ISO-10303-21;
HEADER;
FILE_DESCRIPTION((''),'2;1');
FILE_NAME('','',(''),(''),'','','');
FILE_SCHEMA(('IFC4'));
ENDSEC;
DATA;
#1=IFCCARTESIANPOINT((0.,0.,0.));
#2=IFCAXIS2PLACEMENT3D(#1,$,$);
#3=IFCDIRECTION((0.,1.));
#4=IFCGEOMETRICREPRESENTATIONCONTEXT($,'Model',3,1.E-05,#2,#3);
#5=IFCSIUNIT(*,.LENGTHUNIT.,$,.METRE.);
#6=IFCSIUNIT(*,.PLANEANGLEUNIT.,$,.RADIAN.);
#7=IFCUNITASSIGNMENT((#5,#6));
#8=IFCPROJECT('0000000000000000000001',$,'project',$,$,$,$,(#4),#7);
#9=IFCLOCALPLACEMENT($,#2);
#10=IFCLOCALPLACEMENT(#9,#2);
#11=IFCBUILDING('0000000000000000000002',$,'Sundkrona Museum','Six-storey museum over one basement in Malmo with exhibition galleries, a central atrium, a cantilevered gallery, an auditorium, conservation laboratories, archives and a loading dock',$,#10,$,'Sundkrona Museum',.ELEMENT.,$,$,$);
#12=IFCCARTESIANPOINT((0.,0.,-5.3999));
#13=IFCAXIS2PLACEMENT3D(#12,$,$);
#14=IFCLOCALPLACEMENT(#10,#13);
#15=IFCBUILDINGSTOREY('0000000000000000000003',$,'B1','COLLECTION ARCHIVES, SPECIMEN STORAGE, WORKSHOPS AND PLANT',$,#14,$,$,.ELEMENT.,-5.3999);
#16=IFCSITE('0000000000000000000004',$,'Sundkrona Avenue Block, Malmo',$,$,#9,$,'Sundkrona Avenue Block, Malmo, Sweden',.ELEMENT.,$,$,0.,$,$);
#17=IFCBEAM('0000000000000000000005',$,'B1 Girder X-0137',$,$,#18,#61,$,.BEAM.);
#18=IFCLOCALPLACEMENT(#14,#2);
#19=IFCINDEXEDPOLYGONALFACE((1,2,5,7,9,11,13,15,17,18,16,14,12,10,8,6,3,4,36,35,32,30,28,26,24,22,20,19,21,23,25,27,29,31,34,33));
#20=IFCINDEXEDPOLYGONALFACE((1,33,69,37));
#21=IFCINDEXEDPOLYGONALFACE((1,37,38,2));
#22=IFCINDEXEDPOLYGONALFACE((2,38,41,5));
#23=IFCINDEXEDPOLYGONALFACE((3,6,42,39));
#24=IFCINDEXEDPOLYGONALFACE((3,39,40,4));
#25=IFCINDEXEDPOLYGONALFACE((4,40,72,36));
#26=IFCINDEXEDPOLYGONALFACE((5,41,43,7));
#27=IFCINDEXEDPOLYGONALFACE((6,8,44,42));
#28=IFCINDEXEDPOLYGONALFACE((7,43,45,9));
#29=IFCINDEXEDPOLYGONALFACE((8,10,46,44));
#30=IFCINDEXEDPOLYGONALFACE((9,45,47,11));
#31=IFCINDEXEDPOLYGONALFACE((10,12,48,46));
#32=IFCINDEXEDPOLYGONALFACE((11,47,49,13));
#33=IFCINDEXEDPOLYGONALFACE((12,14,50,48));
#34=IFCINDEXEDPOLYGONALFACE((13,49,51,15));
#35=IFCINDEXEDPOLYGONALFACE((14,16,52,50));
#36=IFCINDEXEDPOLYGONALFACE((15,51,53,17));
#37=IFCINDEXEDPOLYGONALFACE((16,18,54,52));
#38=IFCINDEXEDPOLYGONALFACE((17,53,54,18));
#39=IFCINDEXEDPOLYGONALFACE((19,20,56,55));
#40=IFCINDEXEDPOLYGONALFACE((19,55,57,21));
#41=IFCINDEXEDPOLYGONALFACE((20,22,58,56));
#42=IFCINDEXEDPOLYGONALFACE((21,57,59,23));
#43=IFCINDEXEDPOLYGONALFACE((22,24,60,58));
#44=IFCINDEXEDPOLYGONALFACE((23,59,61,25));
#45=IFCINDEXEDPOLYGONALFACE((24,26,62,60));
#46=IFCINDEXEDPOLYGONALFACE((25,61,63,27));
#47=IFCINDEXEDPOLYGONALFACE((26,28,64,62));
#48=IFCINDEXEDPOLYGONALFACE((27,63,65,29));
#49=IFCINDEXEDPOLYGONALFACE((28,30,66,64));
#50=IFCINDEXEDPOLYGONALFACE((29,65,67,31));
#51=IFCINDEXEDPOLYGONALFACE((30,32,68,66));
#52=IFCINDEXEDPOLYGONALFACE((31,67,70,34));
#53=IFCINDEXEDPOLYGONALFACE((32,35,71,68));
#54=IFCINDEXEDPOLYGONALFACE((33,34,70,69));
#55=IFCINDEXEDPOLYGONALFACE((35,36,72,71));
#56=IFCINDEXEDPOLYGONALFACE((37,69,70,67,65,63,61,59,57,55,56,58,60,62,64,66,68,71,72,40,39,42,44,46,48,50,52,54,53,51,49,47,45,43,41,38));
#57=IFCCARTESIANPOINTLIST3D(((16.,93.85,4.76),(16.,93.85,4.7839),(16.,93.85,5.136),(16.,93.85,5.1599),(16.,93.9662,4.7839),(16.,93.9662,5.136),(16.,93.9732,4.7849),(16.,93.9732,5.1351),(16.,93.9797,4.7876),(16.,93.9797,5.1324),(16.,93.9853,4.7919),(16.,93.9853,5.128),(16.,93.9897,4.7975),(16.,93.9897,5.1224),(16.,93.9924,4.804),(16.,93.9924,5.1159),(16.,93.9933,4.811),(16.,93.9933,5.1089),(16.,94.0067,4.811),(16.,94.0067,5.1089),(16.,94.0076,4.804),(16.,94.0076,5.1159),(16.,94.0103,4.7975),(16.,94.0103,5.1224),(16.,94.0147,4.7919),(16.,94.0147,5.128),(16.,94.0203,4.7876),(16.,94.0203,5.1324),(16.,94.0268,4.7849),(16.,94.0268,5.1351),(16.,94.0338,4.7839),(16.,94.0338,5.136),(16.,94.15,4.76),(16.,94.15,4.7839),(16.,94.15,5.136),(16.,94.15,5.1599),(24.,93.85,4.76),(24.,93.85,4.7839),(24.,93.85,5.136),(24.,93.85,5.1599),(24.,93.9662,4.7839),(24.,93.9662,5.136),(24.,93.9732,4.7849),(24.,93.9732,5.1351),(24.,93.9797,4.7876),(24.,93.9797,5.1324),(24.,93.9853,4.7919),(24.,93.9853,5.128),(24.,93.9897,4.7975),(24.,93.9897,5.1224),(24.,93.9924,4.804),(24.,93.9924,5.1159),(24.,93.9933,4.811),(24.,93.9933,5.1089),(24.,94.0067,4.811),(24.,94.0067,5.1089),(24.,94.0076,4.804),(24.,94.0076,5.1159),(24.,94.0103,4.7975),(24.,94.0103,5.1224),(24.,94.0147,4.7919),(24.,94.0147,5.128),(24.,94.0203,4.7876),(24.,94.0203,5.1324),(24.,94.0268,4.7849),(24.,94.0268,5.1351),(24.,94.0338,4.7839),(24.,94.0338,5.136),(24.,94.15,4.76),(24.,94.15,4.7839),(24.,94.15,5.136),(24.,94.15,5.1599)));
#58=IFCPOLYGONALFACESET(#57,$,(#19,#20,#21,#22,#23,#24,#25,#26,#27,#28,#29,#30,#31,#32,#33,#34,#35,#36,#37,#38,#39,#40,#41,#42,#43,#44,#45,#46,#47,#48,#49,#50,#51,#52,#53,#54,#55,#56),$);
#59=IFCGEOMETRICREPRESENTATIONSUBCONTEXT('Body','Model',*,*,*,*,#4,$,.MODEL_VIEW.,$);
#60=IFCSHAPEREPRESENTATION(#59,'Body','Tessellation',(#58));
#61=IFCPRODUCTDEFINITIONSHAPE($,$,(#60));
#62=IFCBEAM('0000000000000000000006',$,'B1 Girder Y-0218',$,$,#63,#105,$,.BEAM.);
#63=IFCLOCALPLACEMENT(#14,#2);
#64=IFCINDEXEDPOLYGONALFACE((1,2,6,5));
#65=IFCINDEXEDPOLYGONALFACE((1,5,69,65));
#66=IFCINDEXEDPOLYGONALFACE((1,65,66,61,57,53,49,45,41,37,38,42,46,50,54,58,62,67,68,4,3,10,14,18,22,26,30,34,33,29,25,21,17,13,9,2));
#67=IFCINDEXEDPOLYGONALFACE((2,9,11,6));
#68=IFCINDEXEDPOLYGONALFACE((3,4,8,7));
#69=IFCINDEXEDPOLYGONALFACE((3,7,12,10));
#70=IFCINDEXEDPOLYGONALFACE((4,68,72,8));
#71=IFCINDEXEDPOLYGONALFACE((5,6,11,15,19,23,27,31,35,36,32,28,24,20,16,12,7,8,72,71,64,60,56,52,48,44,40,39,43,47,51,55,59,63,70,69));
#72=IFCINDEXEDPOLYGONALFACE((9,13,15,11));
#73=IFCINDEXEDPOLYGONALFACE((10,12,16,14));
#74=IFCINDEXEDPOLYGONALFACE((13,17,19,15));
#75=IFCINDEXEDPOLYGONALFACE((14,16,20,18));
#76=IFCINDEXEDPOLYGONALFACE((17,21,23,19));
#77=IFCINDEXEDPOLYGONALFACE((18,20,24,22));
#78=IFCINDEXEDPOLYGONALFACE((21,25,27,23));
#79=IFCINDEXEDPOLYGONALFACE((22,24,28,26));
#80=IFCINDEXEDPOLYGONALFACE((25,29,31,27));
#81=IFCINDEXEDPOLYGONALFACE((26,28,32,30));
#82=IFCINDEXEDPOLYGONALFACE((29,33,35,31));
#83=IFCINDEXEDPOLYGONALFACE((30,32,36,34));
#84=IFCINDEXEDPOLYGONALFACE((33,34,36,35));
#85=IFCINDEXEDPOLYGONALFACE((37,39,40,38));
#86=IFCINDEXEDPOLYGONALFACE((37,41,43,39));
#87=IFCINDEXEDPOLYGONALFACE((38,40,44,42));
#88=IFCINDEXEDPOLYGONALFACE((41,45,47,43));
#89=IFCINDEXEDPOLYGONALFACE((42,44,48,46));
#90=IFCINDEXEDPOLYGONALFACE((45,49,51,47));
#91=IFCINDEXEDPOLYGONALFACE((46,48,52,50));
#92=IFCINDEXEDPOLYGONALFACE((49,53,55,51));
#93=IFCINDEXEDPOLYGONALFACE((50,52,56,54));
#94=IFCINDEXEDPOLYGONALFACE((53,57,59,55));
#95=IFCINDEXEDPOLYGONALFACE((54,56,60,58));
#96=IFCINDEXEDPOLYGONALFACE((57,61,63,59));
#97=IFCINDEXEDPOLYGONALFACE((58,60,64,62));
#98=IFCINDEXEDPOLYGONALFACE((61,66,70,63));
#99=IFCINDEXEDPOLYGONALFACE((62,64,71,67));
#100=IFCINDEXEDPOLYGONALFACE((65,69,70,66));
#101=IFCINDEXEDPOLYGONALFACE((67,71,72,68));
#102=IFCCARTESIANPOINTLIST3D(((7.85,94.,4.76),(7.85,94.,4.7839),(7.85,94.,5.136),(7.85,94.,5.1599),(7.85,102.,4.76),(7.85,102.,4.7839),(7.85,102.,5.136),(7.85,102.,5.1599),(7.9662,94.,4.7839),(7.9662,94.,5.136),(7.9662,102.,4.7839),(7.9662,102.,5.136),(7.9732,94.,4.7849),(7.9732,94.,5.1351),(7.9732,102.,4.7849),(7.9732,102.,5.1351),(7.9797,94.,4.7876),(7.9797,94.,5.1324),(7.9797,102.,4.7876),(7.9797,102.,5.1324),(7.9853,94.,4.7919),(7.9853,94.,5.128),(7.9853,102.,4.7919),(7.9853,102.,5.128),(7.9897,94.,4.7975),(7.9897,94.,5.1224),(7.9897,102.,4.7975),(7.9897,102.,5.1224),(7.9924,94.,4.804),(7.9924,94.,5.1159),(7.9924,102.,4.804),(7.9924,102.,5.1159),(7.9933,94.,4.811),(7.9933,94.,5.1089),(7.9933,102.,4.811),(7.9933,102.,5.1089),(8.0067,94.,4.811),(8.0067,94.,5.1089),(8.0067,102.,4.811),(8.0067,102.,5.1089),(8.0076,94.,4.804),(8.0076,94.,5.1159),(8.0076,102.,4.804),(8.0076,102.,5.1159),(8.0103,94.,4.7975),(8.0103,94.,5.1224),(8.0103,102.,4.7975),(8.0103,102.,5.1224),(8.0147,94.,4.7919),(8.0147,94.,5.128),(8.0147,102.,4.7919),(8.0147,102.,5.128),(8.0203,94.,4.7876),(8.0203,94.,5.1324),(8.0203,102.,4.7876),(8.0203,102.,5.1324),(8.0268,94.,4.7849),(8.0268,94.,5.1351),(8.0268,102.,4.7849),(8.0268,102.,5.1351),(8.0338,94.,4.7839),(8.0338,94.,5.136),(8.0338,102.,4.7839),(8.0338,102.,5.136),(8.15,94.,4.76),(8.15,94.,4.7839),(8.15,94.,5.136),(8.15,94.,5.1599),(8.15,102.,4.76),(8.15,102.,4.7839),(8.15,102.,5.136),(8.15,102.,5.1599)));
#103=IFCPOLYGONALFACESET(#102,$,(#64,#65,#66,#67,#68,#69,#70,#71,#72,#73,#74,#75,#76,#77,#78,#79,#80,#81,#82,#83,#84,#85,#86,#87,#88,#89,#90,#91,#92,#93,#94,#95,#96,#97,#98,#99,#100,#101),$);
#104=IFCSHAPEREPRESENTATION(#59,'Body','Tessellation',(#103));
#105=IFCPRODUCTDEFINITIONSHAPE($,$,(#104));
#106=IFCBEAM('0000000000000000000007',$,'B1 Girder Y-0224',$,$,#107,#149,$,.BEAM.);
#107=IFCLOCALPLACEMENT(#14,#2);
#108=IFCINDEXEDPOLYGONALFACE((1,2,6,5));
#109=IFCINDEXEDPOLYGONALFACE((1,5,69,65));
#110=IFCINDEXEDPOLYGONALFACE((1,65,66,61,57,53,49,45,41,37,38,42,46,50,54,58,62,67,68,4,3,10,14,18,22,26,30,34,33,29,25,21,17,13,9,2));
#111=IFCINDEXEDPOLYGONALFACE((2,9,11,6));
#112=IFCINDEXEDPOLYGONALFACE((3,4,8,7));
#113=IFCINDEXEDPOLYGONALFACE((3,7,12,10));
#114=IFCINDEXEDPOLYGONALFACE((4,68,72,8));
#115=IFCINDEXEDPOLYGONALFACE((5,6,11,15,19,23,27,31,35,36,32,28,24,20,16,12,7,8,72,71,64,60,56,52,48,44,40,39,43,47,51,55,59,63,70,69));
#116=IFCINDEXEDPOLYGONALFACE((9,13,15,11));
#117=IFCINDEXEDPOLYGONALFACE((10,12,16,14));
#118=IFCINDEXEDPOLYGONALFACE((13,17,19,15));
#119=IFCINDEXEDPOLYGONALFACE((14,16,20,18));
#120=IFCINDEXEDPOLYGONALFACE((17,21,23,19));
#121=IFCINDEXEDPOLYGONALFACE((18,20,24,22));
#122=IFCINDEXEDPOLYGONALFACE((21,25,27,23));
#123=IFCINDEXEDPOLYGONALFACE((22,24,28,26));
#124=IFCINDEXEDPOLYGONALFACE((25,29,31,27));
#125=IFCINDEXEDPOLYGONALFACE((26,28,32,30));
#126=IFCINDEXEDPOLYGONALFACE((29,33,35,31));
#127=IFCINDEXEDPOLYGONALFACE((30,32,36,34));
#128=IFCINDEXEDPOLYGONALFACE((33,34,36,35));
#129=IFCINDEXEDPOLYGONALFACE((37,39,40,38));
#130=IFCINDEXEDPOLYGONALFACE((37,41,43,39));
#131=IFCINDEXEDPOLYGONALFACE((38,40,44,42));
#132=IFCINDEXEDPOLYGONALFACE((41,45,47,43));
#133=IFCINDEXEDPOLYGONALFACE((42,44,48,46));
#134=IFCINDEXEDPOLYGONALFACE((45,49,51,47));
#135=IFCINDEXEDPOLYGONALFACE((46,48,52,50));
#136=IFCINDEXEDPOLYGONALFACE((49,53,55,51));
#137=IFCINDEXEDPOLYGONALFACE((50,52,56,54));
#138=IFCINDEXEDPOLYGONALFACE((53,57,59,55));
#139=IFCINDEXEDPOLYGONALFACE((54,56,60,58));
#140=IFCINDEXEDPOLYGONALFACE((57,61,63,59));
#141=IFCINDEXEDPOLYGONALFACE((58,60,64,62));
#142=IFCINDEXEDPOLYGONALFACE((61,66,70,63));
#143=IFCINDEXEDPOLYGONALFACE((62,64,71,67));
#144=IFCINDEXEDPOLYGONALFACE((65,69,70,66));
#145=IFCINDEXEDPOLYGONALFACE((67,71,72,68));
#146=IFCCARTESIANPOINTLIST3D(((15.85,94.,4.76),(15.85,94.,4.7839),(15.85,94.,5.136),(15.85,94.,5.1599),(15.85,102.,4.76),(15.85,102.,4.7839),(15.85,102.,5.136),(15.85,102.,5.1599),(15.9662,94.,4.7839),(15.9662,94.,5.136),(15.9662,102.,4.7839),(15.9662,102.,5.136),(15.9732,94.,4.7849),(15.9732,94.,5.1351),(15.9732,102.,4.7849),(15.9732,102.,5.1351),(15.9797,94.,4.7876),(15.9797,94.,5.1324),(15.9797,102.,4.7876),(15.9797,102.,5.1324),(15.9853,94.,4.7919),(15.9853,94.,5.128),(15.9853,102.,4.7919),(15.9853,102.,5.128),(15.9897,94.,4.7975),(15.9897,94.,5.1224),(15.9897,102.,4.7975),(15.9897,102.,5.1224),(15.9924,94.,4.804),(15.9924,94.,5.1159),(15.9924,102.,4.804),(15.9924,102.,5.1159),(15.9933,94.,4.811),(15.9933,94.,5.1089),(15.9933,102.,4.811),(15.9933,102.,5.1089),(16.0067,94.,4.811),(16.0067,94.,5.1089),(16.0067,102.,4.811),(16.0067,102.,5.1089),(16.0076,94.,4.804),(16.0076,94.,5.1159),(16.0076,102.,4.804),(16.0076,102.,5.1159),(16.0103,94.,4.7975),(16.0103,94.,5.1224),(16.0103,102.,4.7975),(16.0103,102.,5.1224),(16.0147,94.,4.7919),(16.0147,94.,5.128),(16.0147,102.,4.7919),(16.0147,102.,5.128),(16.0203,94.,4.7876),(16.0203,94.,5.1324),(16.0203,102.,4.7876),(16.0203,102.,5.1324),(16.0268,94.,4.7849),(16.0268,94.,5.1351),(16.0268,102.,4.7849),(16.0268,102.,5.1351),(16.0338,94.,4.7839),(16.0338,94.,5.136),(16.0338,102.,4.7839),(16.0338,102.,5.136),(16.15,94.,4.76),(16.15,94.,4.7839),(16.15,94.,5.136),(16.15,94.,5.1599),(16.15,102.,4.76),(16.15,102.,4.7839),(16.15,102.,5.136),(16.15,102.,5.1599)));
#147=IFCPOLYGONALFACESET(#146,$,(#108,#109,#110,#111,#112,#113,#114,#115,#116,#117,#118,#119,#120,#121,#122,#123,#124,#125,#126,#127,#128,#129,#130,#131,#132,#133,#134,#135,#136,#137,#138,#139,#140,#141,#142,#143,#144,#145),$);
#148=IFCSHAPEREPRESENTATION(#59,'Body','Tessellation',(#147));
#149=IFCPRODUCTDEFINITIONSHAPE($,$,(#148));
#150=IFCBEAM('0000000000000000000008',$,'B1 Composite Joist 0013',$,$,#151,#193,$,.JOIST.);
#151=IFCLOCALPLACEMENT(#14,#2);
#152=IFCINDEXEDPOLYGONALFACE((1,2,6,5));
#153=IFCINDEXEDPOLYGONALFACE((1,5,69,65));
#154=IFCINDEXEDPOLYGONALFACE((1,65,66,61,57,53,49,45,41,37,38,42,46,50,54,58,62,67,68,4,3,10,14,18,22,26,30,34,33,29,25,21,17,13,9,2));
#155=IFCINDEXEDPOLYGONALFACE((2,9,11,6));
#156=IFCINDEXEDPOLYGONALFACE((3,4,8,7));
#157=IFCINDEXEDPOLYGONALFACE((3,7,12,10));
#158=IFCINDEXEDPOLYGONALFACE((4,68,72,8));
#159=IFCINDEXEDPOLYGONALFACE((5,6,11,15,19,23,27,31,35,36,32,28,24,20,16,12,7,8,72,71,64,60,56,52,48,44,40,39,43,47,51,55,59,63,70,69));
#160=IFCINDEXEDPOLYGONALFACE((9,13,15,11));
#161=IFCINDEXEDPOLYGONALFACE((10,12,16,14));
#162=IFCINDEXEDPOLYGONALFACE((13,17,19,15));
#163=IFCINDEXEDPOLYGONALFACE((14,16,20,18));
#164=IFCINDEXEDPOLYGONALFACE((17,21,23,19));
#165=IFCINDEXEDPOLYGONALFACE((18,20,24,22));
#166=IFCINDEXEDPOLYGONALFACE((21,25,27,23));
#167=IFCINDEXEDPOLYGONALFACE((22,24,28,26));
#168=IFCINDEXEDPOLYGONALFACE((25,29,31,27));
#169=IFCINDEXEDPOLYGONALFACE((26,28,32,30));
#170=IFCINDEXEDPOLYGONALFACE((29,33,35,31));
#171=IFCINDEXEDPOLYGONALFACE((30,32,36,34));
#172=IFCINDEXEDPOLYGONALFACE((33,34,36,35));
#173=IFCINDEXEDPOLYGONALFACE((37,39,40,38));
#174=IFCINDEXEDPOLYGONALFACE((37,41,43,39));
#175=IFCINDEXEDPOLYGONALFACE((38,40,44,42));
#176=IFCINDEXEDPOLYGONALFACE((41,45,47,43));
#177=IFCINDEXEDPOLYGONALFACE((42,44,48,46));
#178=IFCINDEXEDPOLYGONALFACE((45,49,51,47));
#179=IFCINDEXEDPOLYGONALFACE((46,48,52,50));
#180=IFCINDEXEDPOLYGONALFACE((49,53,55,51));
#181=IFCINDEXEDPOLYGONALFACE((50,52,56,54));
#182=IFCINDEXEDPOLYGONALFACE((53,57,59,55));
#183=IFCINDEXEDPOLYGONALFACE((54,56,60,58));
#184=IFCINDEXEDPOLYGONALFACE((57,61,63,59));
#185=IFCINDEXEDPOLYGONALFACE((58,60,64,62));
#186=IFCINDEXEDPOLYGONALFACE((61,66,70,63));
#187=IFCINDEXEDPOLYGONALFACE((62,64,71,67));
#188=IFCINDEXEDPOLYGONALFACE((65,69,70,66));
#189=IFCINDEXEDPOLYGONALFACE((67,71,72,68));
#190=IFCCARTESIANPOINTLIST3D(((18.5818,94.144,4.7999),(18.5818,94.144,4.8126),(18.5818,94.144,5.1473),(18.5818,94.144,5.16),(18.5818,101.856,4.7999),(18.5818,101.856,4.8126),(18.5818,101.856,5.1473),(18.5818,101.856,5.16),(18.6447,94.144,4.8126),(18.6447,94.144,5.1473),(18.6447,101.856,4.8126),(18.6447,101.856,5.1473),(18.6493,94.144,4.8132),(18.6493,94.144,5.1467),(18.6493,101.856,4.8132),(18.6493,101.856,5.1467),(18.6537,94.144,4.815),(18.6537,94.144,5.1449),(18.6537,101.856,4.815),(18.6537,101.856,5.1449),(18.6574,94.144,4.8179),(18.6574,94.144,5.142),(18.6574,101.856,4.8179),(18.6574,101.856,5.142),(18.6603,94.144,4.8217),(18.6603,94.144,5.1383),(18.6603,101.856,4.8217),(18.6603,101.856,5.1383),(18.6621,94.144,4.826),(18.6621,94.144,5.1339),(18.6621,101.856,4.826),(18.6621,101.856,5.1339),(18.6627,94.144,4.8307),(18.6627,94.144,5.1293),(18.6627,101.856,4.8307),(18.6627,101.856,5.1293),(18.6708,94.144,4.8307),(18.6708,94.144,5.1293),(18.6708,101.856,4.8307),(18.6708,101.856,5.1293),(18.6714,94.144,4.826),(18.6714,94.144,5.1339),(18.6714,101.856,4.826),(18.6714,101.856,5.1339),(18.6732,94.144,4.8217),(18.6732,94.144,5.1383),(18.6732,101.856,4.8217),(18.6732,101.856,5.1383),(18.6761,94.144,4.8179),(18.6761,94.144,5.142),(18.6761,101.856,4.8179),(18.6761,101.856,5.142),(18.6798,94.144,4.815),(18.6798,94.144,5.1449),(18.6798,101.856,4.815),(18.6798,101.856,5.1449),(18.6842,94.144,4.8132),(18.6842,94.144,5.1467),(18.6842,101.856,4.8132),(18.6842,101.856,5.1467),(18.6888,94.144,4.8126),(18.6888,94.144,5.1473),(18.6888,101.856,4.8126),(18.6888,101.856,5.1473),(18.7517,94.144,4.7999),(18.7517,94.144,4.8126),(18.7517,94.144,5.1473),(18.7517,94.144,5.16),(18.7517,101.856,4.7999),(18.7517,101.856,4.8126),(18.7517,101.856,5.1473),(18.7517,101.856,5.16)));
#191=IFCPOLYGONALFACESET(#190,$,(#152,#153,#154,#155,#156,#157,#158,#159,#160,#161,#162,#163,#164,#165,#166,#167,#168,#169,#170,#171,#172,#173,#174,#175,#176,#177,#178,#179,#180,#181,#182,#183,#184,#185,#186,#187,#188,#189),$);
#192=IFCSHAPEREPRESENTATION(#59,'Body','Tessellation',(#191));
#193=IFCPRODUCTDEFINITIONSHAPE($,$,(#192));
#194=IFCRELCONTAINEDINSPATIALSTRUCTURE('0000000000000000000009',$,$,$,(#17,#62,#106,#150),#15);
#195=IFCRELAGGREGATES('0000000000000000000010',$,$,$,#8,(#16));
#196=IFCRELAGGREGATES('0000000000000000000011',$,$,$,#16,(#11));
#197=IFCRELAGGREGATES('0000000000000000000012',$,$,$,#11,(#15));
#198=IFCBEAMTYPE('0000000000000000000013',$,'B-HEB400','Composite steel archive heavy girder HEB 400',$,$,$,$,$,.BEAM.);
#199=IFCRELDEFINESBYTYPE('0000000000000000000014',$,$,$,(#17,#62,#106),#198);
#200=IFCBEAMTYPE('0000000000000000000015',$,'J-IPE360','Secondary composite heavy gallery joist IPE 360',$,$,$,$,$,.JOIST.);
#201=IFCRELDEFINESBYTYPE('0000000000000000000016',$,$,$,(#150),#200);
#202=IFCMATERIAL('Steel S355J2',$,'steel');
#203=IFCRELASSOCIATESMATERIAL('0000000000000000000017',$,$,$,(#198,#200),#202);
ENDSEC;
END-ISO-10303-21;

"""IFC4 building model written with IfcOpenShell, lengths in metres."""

from ifc_helpers import new_model, si_unit, direction, frame, origin, origin_2d, place, context, subcontext, project, spatial, i_section, extrude, material, material_profile, profile_set, type_object, element, save


model = new_model("IFC4")

# Units and contexts
model_context = context("Model", 3, precision=1e-05, world=origin(), true_north=direction((0.0, 1.0)))
body_context = subcontext(model_context, "Body", "Model", "MODEL_VIEW")
ifc_project = project(units=[si_unit("LENGTHUNIT", "METRE"), si_unit("PLANEANGLEUNIT", "RADIAN")], contexts=[model_context])

# Site, building, storey
site_placement = place(None, origin())
site = spatial("IfcSite", under=ifc_project, at=site_placement, Name="Sundkrona Avenue Block, Malmo", LongName="Sundkrona Avenue Block, Malmo, Sweden", CompositionType="ELEMENT", RefElevation=0.0)
building_placement = place(site_placement, origin())
building = spatial("IfcBuilding", under=site, at=building_placement, Name="Sundkrona Museum", Description="Six-storey museum over one basement in Malmo with exhibition galleries, a central atrium, a cantilevered gallery, an auditorium, conservation laboratories, archives and a loading dock", LongName="Sundkrona Museum", CompositionType="ELEMENT")
storey_placement = place(building_placement, frame((0.0, 0.0, -5.3999)))
storey = spatial("IfcBuildingStorey", under=building, at=storey_placement, Name="B1", Description="COLLECTION ARCHIVES, SPECIMEN STORAGE, WORKSHOPS AND PLANT", CompositionType="ELEMENT", Elevation=-5.3999)

# Beams
ifc_material_1 = material(Name="Steel S355J2", Category="steel")
ifc_material_profile_1 = material_profile(ifc_material_1, i_section(OverallWidth=0.3, OverallDepth=0.3999, WebThickness=0.0134, FlangeThickness=0.0239, FilletRadius=0.0271, at=origin_2d()), Name="HEB 400")
ifc_profile_set_1 = profile_set([ifc_material_profile_1], Name="Steel S355J2")
beam_type_1 = type_object("IfcBeamType", Name="B-HEB400", Description="Composite steel archive heavy girder HEB 400", PredefinedType="BEAM", material=ifc_profile_set_1)
for number, where, z_axis, x_axis, name in (
    (1, (16.0, 94.0, 4.96), (1.0, 0.0, 0.0), (0.0, 1.0, 0.0), "B1 Girder X-0137"),
    (2, (8.0, 94.0, 4.96), (0.0, 1.0, 0.0), (-1.0, 0.0, 0.0), "B1 Girder Y-0218"),
    (3, (16.0, 94.0, 4.96), (0.0, 1.0, 0.0), (-1.0, 0.0, 0.0), "B1 Girder Y-0224"),
):
    element("IfcBeam", number, at=place(storey_placement, frame(where, z_axis=z_axis, x_axis=x_axis)), inside=storey, type_object=beam_type_1, Name=name, PredefinedType="BEAM", context=body_context, shape_type="SweptSolid", body=[
        extrude(i_section(OverallWidth=0.3, OverallDepth=0.3999, WebThickness=0.0134, FlangeThickness=0.0239, FilletRadius=0.0271, at=origin_2d()), origin(), (0.0, 0.0, 1.0), 8.0),
    ])
ifc_material_profile_2 = material_profile(ifc_material_1, i_section(OverallWidth=0.1699, OverallDepth=0.3601, WebThickness=0.0081, FlangeThickness=0.0127, FilletRadius=0.0181, at=origin_2d()), Name="IPE 360")
ifc_profile_set_2 = profile_set([ifc_material_profile_2], Name="Steel S355J2")
beam_type_2 = type_object("IfcBeamType", Name="J-IPE360", Description="Secondary composite heavy gallery joist IPE 360", PredefinedType="JOIST", material=ifc_profile_set_2)
for number, where, z_axis, x_axis, name in (
    (4, (18.6667, 94.144, 4.98), (0.0, 1.0, 0.0), (-1.0, 0.0, 0.0), "B1 Composite Joist 0013"),
):
    element("IfcBeam", number, at=place(storey_placement, frame(where, z_axis=z_axis, x_axis=x_axis)), inside=storey, type_object=beam_type_2, Name=name, PredefinedType="JOIST", context=body_context, shape_type="SweptSolid", body=[
        extrude(i_section(OverallWidth=0.1699, OverallDepth=0.3601, WebThickness=0.0081, FlangeThickness=0.0127, FilletRadius=0.0181, at=origin_2d()), origin(), (0.0, 0.0, 1.0), 7.7119),
    ])

save(model, "model.ifc")
